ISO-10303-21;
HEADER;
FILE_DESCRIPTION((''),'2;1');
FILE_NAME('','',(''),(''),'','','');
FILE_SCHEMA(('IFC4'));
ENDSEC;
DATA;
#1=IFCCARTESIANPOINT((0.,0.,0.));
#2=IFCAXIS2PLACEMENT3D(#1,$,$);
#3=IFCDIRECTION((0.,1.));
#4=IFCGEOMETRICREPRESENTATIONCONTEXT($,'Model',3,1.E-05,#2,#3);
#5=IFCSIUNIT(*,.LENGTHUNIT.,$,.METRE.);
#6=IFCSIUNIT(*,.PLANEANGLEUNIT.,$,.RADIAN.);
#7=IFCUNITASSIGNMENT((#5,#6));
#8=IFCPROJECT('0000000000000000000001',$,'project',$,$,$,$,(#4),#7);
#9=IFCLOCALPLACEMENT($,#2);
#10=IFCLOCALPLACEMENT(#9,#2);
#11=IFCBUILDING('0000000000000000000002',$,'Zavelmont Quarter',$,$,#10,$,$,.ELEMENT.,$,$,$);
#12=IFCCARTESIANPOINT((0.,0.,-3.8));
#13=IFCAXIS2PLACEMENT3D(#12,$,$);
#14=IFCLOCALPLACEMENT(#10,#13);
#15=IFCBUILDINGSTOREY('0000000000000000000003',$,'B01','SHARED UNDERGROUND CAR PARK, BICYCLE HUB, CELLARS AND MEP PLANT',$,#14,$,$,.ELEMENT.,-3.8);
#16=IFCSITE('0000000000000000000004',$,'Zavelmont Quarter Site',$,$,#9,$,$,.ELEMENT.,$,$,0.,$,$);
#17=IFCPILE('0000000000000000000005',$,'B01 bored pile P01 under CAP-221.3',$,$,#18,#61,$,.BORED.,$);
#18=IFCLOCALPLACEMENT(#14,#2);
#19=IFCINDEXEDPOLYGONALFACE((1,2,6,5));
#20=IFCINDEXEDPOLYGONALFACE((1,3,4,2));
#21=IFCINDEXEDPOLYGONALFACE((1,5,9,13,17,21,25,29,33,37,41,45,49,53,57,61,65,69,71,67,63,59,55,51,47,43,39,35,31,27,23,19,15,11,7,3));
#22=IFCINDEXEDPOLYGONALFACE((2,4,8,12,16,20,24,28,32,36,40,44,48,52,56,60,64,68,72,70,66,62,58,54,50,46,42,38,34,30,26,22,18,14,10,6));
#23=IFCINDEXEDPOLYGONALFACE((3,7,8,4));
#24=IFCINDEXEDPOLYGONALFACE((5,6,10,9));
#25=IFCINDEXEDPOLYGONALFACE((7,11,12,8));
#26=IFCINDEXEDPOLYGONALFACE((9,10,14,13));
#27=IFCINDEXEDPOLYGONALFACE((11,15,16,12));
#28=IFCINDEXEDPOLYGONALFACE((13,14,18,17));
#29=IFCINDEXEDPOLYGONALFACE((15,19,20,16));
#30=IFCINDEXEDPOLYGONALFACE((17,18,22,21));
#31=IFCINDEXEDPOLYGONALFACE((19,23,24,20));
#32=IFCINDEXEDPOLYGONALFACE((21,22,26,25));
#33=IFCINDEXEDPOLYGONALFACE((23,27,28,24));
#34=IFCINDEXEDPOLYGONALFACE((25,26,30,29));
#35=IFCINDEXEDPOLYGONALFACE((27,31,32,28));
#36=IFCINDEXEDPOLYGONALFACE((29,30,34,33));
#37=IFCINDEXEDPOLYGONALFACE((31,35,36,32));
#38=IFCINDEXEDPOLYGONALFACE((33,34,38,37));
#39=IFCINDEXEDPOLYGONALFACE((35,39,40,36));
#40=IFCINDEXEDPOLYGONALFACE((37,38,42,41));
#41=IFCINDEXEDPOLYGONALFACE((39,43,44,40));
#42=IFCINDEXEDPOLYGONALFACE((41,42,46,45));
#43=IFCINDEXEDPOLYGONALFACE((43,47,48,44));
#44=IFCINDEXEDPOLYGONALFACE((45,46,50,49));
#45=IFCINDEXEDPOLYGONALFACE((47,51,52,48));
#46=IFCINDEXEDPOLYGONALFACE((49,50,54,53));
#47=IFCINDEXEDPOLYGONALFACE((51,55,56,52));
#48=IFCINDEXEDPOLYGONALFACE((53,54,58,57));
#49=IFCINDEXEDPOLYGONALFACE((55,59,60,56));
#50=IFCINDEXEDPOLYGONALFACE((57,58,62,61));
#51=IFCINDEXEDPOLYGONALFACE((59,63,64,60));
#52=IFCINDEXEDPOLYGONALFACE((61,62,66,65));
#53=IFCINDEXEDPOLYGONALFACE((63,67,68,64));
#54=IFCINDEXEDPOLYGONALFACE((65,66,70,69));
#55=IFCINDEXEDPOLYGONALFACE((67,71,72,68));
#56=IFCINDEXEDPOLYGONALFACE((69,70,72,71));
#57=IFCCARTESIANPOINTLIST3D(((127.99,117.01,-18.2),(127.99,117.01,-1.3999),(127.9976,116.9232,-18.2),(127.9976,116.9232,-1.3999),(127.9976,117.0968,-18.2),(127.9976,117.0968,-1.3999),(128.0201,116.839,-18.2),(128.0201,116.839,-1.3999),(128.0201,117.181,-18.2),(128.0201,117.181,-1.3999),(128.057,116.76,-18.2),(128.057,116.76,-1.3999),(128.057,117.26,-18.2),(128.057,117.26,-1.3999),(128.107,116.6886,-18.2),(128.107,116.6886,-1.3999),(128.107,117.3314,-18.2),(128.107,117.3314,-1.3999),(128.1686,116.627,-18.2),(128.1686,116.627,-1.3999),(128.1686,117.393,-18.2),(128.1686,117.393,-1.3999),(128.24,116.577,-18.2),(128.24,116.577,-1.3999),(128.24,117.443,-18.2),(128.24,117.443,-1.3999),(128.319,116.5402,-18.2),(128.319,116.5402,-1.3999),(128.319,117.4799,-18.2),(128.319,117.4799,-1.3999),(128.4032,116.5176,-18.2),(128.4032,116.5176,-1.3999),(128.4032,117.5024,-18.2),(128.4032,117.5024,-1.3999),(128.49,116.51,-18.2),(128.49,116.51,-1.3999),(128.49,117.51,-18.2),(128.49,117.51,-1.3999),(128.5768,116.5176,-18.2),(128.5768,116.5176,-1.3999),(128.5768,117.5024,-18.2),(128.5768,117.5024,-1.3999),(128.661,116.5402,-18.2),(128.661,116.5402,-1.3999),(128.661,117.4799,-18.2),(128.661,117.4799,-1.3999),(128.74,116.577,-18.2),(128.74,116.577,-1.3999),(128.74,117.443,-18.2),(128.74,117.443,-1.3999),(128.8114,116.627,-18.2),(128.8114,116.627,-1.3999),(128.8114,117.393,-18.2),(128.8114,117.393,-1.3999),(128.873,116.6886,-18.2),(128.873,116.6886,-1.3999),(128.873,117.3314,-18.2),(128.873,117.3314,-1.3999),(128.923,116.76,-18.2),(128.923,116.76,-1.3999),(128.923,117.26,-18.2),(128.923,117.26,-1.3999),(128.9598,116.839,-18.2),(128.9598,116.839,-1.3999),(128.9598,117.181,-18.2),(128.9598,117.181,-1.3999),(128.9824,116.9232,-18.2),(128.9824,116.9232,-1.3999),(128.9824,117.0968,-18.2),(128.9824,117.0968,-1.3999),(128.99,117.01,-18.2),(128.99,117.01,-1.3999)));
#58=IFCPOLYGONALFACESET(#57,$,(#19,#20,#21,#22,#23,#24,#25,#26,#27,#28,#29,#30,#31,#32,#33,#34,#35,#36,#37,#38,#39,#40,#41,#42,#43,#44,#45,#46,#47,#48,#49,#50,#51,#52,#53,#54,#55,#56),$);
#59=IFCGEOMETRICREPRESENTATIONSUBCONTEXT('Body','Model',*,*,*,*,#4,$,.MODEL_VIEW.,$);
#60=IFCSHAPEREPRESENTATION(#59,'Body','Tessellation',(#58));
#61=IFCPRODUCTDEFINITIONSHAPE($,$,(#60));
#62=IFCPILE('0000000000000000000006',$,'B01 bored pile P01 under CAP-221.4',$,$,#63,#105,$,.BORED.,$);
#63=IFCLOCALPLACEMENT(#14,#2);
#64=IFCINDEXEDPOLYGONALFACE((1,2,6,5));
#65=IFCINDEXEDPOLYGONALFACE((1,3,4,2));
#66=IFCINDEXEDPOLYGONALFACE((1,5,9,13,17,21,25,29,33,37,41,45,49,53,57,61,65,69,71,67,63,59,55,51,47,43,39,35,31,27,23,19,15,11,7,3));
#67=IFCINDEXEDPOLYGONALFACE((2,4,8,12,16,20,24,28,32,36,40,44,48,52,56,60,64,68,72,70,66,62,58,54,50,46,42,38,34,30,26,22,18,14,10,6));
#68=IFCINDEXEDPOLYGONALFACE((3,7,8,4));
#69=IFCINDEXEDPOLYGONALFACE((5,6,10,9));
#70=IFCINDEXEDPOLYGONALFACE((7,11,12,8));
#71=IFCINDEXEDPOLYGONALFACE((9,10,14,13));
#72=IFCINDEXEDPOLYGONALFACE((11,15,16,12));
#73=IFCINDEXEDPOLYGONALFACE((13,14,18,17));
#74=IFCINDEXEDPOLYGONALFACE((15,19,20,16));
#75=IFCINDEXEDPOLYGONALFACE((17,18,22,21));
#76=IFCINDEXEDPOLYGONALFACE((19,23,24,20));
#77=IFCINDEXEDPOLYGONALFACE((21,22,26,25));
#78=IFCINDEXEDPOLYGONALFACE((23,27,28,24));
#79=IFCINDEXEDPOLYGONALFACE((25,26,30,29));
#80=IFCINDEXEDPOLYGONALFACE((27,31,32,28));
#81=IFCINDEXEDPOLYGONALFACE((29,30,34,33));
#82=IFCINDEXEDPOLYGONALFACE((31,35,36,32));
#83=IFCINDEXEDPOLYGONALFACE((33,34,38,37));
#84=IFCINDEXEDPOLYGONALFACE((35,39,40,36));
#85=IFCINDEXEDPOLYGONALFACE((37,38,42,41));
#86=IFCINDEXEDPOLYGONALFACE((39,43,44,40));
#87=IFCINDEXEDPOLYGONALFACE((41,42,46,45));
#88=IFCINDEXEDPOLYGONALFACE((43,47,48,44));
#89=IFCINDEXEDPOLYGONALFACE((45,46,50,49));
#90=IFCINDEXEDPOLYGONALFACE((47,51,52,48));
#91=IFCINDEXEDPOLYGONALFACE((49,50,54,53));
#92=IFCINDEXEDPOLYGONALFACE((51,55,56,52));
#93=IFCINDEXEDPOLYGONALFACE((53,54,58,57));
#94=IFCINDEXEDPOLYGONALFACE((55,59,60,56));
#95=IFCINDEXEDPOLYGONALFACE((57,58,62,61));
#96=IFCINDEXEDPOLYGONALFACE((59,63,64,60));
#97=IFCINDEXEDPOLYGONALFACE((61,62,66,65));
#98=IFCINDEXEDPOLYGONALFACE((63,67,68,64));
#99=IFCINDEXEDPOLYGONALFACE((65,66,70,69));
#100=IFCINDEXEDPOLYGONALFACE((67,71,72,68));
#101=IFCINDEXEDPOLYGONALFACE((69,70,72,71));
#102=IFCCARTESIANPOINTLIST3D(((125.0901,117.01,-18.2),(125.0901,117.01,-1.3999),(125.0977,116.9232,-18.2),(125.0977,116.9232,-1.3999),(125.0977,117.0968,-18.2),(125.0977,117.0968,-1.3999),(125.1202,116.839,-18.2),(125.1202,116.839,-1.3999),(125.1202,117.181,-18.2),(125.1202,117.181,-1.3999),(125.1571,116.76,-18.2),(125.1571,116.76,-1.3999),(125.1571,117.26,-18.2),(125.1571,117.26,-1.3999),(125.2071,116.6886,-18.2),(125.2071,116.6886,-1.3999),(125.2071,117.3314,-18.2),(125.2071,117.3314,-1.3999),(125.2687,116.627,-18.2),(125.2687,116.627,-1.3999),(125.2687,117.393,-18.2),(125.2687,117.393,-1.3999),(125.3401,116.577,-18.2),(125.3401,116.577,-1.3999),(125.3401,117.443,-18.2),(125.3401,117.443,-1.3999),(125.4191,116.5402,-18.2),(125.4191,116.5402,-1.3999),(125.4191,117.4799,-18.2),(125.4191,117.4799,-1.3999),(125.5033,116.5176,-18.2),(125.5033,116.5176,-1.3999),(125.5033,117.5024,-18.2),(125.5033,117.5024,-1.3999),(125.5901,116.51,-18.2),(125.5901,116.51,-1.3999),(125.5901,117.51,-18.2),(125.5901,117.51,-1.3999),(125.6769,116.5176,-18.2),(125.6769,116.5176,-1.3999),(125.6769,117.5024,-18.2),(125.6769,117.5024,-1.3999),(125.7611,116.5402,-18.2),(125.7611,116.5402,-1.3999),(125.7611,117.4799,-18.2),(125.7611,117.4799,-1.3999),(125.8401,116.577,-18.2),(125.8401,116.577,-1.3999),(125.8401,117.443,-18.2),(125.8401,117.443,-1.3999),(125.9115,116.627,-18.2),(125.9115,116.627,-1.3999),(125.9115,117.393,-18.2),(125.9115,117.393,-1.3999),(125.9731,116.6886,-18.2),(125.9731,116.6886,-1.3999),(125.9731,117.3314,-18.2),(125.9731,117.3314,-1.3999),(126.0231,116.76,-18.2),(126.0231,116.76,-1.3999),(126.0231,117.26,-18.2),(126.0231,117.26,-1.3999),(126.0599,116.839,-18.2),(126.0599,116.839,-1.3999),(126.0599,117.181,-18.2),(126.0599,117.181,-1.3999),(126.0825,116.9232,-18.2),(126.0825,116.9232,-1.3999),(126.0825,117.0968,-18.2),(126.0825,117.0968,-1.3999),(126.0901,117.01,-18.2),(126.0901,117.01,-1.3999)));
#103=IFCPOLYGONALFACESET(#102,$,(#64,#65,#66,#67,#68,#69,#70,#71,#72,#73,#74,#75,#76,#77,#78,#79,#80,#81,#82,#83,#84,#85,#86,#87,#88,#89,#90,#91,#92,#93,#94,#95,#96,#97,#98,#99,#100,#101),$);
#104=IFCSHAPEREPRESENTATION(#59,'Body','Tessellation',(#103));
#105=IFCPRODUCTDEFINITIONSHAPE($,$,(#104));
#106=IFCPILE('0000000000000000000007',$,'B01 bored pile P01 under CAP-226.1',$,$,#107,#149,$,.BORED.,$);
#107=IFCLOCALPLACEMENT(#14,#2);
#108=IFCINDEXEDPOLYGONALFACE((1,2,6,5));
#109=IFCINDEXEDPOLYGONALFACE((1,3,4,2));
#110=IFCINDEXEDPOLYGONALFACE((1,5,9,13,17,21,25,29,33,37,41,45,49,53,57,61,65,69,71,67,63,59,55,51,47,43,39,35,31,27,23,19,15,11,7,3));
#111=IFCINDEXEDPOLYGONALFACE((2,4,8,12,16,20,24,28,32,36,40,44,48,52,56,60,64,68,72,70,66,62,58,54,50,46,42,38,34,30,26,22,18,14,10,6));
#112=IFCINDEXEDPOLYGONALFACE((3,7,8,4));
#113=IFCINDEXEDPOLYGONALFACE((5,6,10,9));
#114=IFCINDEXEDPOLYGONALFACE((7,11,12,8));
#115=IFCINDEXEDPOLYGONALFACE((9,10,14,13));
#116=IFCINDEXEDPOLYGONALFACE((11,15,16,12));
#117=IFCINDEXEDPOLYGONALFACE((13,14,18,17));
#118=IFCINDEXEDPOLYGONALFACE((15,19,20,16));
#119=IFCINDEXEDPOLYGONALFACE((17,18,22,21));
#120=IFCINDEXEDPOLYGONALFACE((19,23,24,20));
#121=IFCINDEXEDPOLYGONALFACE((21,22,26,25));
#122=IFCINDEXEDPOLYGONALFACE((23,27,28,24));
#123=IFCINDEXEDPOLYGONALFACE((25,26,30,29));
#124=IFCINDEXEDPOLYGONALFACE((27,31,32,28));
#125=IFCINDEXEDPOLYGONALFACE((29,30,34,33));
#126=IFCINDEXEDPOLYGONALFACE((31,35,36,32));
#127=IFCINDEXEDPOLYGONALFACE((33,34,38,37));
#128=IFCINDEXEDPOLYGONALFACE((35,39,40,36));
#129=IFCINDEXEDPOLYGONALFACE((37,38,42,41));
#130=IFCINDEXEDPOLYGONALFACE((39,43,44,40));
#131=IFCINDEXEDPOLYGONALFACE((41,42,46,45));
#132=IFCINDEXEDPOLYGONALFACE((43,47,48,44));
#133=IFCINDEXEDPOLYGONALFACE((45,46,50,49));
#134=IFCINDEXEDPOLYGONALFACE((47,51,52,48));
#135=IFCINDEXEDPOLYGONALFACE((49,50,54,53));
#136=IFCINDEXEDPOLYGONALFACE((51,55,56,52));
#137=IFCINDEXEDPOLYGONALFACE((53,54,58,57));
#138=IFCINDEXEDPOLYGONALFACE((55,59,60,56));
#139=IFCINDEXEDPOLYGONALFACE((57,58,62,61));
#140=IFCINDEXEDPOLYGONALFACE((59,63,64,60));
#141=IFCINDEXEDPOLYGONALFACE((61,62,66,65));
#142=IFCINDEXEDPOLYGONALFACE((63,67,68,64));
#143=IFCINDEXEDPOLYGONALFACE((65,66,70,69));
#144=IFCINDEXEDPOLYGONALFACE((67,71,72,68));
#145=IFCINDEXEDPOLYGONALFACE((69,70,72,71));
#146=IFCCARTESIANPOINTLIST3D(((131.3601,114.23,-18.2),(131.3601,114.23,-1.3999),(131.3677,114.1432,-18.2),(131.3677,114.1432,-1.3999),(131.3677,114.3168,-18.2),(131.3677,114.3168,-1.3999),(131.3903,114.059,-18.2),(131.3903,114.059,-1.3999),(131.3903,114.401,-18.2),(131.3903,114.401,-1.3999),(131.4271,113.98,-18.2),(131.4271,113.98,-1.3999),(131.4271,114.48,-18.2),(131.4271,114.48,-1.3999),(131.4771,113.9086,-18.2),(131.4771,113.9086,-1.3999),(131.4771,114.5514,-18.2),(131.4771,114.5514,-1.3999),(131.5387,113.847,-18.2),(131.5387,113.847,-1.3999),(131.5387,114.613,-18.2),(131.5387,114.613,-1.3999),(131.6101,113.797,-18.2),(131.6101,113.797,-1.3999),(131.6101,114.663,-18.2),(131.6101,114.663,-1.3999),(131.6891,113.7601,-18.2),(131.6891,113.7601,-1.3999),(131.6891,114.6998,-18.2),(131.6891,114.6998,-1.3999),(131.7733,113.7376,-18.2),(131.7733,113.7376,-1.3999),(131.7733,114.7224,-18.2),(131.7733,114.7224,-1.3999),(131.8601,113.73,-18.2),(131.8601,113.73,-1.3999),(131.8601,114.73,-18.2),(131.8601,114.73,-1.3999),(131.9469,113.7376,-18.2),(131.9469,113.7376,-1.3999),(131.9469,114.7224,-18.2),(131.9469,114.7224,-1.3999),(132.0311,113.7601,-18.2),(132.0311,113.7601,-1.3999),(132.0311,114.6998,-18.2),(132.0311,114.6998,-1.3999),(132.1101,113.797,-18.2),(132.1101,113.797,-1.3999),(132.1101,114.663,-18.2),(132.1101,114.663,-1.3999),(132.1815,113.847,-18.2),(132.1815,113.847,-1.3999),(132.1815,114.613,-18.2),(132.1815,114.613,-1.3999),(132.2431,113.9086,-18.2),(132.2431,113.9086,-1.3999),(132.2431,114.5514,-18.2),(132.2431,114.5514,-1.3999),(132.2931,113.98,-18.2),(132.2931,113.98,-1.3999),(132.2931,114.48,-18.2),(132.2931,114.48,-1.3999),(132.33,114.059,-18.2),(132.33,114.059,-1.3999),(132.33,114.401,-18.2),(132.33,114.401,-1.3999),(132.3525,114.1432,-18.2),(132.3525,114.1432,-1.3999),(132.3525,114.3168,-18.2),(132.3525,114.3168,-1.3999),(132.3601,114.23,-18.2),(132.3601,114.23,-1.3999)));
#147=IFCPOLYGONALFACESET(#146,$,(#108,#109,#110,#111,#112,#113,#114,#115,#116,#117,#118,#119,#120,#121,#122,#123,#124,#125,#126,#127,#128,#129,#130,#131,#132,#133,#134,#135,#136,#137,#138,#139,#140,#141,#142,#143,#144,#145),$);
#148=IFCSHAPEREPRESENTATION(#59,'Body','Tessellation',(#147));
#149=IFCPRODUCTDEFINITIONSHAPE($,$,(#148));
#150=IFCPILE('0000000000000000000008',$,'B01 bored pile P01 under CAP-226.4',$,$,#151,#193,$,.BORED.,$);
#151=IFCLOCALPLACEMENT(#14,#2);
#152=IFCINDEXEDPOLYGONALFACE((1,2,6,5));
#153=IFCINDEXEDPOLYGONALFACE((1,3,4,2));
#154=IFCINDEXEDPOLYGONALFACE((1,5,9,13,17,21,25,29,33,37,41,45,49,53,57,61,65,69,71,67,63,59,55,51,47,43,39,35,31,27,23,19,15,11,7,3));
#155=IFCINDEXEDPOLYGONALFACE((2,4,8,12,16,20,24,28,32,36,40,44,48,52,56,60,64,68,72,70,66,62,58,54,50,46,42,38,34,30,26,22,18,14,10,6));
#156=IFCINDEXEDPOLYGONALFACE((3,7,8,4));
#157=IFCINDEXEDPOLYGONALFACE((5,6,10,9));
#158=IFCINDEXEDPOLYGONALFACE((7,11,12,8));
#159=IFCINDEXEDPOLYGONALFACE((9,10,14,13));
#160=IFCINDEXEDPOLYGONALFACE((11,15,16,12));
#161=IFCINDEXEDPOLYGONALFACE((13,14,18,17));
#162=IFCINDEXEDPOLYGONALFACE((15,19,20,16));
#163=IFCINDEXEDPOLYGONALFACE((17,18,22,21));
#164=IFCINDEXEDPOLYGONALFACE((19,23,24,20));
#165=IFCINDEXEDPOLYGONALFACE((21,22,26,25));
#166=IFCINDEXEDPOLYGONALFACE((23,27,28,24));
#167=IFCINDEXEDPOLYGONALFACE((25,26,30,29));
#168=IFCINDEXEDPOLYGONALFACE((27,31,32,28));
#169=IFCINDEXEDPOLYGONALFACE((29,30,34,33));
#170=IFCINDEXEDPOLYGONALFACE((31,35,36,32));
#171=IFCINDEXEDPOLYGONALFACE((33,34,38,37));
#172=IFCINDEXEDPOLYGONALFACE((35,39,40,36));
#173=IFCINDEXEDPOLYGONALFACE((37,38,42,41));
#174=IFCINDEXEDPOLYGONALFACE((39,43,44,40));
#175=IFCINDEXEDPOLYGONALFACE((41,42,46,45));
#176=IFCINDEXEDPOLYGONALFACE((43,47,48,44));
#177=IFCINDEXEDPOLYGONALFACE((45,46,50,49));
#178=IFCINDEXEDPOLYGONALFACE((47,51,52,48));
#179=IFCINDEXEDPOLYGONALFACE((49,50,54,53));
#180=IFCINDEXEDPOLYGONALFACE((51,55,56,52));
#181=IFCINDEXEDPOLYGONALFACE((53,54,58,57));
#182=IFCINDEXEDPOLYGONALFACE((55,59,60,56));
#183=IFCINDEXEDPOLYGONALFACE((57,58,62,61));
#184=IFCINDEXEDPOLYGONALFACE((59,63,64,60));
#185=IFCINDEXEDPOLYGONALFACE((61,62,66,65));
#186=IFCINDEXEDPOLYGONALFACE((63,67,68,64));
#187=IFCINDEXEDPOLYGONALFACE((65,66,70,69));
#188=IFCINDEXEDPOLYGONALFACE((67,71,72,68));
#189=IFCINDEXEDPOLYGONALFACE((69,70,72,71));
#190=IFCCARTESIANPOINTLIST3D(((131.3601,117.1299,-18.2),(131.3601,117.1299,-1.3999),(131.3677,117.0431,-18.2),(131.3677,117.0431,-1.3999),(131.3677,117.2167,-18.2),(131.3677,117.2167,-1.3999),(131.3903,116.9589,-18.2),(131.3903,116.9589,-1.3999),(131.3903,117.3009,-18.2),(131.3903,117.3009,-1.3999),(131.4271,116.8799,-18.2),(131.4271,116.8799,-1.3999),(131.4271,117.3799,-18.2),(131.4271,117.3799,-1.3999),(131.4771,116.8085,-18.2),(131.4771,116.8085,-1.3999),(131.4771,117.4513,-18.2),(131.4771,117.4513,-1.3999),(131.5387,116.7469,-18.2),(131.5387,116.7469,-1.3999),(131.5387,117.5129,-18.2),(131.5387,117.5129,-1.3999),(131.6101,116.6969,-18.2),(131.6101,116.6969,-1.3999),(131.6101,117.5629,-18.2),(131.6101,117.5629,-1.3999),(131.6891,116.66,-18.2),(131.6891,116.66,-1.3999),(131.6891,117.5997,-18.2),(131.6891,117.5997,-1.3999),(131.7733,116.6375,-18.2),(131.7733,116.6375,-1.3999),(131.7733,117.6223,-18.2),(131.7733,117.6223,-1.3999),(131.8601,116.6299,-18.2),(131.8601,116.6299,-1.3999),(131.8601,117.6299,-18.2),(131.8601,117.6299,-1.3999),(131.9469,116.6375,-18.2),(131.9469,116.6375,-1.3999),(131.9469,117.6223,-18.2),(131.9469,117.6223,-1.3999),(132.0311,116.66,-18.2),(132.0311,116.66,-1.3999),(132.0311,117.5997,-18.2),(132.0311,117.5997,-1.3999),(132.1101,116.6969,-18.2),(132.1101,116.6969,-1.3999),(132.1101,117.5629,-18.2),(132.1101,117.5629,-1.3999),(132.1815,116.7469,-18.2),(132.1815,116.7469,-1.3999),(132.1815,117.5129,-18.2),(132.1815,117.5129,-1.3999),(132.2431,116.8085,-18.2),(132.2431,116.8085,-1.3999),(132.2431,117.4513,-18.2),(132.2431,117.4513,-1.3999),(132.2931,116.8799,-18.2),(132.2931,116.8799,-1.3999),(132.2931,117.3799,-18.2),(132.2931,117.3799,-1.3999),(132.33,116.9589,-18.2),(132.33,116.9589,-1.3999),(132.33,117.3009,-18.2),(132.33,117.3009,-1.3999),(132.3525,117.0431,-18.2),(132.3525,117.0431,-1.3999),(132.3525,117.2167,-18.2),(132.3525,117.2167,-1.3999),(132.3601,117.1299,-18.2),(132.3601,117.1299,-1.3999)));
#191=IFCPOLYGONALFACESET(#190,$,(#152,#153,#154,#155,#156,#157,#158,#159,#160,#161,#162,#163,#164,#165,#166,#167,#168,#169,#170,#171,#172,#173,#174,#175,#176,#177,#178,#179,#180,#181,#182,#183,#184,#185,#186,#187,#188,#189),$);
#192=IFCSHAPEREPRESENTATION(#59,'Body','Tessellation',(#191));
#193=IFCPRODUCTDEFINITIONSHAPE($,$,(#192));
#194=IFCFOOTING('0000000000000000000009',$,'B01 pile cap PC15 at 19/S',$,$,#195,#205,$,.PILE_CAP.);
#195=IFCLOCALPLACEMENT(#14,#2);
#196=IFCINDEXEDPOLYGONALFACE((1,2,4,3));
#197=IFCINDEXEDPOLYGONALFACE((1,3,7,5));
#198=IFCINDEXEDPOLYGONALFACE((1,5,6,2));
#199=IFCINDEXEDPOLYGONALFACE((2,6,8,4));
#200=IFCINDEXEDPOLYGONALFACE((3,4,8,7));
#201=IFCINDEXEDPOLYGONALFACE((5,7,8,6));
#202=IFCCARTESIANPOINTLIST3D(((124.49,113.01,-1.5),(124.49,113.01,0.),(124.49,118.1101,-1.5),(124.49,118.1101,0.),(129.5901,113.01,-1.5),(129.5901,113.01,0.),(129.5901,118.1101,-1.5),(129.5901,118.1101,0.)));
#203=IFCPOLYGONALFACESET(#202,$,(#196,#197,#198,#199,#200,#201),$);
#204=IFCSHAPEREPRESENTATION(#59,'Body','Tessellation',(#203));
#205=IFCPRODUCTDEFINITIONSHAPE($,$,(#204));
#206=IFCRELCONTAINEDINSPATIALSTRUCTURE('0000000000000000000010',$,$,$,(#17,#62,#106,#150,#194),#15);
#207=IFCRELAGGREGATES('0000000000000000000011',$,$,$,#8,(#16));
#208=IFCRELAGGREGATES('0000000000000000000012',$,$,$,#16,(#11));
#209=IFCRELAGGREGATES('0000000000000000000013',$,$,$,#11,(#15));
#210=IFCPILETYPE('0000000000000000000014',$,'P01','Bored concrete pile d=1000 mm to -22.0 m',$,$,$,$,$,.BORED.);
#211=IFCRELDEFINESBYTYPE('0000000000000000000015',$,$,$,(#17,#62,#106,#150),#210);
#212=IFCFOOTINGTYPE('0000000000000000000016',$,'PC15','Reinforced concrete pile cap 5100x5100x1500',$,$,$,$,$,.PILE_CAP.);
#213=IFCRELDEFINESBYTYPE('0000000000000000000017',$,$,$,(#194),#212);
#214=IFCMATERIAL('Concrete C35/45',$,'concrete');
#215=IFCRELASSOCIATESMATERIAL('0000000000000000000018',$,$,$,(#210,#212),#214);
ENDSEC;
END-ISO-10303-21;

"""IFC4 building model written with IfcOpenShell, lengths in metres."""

from ifc_helpers import new_model, si_unit, direction, frame, origin, origin_2d, place, context, subcontext, project, spatial, rectangle, circle, extrude, material, material_profile, profile_set, type_object, element, save


model = new_model("IFC4")

# Units and contexts
model_context = context("Model", 3, precision=1e-05, world=origin(), true_north=direction((0.0, 1.0)))
body_context = subcontext(model_context, "Body", "Model", "MODEL_VIEW")
ifc_project = project(units=[si_unit("LENGTHUNIT", "METRE"), si_unit("PLANEANGLEUNIT", "RADIAN")], contexts=[model_context])

# Site, building, storey
site_placement = place(None, origin())
site = spatial("IfcSite", under=ifc_project, at=site_placement, Name="Zavelmont Quarter Site", CompositionType="ELEMENT", RefElevation=0.0)
building_placement = place(site_placement, origin())
building = spatial("IfcBuilding", under=site, at=building_placement, Name="Zavelmont Quarter", CompositionType="ELEMENT")
storey_placement = place(building_placement, frame((0.0, 0.0, -3.8)))
storey = spatial("IfcBuildingStorey", under=building, at=storey_placement, Name="B01", Description="SHARED UNDERGROUND CAR PARK, BICYCLE HUB, CELLARS AND MEP PLANT", CompositionType="ELEMENT", Elevation=-3.8)

# Shared definitions
ifc_material_1 = material(Name="Concrete C35/45", Category="concrete")

# Piles
ifc_material_profile_1 = material_profile(ifc_material_1, circle(Radius=0.5, at=origin_2d()), Name="BP1000")
ifc_profile_set_1 = profile_set([ifc_material_profile_1], Name="Concrete C35/45")
pile_type = type_object("IfcPileType", Name="P01", Description="Bored concrete pile d=1000 mm to -22.0 m", PredefinedType="BORED", material=ifc_profile_set_1)
for number, where, z_axis, x_axis, name in (
    (1, (128.49, 117.01, -1.3999), (0.0, 0.0, -1.0), (1.0, 0.0, 0.0), "B01 bored pile P01 under CAP-221.3"),
    (2, (125.5901, 117.01, -1.3999), (0.0, 0.0, -1.0), (1.0, 0.0, 0.0), "B01 bored pile P01 under CAP-221.4"),
    (3, (131.8601, 114.23, -1.3999), (0.0, 0.0, -1.0), (1.0, 0.0, 0.0), "B01 bored pile P01 under CAP-226.1"),
    (4, (131.8601, 117.1299, -1.3999), (0.0, 0.0, -1.0), (1.0, 0.0, 0.0), "B01 bored pile P01 under CAP-226.4"),
):
    element("IfcPile", number, at=place(storey_placement, frame(where, z_axis=z_axis, x_axis=x_axis)), inside=storey, type_object=pile_type, Name=name, PredefinedType="BORED", context=body_context, shape_type="SweptSolid", body=[
        extrude(circle(Radius=0.5, at=origin_2d()), origin(), (0.0, 0.0, 1.0), 16.8),
    ])

# Footing
footing_type_1 = type_object("IfcFootingType", Name="PC15", Description="Reinforced concrete pile cap 5100x5100x1500", PredefinedType="PILE_CAP", material=ifc_material_1)
footing_1_placement = place(storey_placement, frame((127.04, 115.5601, -1.5), z_axis=(0.0, 0.0, 1.0), x_axis=(1.0, 0.0, 0.0)))
element("IfcFooting", 5, at=footing_1_placement, inside=storey, type_object=footing_type_1, Name="B01 pile cap PC15 at 19/S", PredefinedType="PILE_CAP", context=body_context, shape_type="SweptSolid", body=[
    extrude(rectangle(XDim=5.1001, YDim=5.1001, at=origin_2d()), origin(), (0.0, 0.0, 1.0), 1.5),
])

save(model, "model.ifc")
